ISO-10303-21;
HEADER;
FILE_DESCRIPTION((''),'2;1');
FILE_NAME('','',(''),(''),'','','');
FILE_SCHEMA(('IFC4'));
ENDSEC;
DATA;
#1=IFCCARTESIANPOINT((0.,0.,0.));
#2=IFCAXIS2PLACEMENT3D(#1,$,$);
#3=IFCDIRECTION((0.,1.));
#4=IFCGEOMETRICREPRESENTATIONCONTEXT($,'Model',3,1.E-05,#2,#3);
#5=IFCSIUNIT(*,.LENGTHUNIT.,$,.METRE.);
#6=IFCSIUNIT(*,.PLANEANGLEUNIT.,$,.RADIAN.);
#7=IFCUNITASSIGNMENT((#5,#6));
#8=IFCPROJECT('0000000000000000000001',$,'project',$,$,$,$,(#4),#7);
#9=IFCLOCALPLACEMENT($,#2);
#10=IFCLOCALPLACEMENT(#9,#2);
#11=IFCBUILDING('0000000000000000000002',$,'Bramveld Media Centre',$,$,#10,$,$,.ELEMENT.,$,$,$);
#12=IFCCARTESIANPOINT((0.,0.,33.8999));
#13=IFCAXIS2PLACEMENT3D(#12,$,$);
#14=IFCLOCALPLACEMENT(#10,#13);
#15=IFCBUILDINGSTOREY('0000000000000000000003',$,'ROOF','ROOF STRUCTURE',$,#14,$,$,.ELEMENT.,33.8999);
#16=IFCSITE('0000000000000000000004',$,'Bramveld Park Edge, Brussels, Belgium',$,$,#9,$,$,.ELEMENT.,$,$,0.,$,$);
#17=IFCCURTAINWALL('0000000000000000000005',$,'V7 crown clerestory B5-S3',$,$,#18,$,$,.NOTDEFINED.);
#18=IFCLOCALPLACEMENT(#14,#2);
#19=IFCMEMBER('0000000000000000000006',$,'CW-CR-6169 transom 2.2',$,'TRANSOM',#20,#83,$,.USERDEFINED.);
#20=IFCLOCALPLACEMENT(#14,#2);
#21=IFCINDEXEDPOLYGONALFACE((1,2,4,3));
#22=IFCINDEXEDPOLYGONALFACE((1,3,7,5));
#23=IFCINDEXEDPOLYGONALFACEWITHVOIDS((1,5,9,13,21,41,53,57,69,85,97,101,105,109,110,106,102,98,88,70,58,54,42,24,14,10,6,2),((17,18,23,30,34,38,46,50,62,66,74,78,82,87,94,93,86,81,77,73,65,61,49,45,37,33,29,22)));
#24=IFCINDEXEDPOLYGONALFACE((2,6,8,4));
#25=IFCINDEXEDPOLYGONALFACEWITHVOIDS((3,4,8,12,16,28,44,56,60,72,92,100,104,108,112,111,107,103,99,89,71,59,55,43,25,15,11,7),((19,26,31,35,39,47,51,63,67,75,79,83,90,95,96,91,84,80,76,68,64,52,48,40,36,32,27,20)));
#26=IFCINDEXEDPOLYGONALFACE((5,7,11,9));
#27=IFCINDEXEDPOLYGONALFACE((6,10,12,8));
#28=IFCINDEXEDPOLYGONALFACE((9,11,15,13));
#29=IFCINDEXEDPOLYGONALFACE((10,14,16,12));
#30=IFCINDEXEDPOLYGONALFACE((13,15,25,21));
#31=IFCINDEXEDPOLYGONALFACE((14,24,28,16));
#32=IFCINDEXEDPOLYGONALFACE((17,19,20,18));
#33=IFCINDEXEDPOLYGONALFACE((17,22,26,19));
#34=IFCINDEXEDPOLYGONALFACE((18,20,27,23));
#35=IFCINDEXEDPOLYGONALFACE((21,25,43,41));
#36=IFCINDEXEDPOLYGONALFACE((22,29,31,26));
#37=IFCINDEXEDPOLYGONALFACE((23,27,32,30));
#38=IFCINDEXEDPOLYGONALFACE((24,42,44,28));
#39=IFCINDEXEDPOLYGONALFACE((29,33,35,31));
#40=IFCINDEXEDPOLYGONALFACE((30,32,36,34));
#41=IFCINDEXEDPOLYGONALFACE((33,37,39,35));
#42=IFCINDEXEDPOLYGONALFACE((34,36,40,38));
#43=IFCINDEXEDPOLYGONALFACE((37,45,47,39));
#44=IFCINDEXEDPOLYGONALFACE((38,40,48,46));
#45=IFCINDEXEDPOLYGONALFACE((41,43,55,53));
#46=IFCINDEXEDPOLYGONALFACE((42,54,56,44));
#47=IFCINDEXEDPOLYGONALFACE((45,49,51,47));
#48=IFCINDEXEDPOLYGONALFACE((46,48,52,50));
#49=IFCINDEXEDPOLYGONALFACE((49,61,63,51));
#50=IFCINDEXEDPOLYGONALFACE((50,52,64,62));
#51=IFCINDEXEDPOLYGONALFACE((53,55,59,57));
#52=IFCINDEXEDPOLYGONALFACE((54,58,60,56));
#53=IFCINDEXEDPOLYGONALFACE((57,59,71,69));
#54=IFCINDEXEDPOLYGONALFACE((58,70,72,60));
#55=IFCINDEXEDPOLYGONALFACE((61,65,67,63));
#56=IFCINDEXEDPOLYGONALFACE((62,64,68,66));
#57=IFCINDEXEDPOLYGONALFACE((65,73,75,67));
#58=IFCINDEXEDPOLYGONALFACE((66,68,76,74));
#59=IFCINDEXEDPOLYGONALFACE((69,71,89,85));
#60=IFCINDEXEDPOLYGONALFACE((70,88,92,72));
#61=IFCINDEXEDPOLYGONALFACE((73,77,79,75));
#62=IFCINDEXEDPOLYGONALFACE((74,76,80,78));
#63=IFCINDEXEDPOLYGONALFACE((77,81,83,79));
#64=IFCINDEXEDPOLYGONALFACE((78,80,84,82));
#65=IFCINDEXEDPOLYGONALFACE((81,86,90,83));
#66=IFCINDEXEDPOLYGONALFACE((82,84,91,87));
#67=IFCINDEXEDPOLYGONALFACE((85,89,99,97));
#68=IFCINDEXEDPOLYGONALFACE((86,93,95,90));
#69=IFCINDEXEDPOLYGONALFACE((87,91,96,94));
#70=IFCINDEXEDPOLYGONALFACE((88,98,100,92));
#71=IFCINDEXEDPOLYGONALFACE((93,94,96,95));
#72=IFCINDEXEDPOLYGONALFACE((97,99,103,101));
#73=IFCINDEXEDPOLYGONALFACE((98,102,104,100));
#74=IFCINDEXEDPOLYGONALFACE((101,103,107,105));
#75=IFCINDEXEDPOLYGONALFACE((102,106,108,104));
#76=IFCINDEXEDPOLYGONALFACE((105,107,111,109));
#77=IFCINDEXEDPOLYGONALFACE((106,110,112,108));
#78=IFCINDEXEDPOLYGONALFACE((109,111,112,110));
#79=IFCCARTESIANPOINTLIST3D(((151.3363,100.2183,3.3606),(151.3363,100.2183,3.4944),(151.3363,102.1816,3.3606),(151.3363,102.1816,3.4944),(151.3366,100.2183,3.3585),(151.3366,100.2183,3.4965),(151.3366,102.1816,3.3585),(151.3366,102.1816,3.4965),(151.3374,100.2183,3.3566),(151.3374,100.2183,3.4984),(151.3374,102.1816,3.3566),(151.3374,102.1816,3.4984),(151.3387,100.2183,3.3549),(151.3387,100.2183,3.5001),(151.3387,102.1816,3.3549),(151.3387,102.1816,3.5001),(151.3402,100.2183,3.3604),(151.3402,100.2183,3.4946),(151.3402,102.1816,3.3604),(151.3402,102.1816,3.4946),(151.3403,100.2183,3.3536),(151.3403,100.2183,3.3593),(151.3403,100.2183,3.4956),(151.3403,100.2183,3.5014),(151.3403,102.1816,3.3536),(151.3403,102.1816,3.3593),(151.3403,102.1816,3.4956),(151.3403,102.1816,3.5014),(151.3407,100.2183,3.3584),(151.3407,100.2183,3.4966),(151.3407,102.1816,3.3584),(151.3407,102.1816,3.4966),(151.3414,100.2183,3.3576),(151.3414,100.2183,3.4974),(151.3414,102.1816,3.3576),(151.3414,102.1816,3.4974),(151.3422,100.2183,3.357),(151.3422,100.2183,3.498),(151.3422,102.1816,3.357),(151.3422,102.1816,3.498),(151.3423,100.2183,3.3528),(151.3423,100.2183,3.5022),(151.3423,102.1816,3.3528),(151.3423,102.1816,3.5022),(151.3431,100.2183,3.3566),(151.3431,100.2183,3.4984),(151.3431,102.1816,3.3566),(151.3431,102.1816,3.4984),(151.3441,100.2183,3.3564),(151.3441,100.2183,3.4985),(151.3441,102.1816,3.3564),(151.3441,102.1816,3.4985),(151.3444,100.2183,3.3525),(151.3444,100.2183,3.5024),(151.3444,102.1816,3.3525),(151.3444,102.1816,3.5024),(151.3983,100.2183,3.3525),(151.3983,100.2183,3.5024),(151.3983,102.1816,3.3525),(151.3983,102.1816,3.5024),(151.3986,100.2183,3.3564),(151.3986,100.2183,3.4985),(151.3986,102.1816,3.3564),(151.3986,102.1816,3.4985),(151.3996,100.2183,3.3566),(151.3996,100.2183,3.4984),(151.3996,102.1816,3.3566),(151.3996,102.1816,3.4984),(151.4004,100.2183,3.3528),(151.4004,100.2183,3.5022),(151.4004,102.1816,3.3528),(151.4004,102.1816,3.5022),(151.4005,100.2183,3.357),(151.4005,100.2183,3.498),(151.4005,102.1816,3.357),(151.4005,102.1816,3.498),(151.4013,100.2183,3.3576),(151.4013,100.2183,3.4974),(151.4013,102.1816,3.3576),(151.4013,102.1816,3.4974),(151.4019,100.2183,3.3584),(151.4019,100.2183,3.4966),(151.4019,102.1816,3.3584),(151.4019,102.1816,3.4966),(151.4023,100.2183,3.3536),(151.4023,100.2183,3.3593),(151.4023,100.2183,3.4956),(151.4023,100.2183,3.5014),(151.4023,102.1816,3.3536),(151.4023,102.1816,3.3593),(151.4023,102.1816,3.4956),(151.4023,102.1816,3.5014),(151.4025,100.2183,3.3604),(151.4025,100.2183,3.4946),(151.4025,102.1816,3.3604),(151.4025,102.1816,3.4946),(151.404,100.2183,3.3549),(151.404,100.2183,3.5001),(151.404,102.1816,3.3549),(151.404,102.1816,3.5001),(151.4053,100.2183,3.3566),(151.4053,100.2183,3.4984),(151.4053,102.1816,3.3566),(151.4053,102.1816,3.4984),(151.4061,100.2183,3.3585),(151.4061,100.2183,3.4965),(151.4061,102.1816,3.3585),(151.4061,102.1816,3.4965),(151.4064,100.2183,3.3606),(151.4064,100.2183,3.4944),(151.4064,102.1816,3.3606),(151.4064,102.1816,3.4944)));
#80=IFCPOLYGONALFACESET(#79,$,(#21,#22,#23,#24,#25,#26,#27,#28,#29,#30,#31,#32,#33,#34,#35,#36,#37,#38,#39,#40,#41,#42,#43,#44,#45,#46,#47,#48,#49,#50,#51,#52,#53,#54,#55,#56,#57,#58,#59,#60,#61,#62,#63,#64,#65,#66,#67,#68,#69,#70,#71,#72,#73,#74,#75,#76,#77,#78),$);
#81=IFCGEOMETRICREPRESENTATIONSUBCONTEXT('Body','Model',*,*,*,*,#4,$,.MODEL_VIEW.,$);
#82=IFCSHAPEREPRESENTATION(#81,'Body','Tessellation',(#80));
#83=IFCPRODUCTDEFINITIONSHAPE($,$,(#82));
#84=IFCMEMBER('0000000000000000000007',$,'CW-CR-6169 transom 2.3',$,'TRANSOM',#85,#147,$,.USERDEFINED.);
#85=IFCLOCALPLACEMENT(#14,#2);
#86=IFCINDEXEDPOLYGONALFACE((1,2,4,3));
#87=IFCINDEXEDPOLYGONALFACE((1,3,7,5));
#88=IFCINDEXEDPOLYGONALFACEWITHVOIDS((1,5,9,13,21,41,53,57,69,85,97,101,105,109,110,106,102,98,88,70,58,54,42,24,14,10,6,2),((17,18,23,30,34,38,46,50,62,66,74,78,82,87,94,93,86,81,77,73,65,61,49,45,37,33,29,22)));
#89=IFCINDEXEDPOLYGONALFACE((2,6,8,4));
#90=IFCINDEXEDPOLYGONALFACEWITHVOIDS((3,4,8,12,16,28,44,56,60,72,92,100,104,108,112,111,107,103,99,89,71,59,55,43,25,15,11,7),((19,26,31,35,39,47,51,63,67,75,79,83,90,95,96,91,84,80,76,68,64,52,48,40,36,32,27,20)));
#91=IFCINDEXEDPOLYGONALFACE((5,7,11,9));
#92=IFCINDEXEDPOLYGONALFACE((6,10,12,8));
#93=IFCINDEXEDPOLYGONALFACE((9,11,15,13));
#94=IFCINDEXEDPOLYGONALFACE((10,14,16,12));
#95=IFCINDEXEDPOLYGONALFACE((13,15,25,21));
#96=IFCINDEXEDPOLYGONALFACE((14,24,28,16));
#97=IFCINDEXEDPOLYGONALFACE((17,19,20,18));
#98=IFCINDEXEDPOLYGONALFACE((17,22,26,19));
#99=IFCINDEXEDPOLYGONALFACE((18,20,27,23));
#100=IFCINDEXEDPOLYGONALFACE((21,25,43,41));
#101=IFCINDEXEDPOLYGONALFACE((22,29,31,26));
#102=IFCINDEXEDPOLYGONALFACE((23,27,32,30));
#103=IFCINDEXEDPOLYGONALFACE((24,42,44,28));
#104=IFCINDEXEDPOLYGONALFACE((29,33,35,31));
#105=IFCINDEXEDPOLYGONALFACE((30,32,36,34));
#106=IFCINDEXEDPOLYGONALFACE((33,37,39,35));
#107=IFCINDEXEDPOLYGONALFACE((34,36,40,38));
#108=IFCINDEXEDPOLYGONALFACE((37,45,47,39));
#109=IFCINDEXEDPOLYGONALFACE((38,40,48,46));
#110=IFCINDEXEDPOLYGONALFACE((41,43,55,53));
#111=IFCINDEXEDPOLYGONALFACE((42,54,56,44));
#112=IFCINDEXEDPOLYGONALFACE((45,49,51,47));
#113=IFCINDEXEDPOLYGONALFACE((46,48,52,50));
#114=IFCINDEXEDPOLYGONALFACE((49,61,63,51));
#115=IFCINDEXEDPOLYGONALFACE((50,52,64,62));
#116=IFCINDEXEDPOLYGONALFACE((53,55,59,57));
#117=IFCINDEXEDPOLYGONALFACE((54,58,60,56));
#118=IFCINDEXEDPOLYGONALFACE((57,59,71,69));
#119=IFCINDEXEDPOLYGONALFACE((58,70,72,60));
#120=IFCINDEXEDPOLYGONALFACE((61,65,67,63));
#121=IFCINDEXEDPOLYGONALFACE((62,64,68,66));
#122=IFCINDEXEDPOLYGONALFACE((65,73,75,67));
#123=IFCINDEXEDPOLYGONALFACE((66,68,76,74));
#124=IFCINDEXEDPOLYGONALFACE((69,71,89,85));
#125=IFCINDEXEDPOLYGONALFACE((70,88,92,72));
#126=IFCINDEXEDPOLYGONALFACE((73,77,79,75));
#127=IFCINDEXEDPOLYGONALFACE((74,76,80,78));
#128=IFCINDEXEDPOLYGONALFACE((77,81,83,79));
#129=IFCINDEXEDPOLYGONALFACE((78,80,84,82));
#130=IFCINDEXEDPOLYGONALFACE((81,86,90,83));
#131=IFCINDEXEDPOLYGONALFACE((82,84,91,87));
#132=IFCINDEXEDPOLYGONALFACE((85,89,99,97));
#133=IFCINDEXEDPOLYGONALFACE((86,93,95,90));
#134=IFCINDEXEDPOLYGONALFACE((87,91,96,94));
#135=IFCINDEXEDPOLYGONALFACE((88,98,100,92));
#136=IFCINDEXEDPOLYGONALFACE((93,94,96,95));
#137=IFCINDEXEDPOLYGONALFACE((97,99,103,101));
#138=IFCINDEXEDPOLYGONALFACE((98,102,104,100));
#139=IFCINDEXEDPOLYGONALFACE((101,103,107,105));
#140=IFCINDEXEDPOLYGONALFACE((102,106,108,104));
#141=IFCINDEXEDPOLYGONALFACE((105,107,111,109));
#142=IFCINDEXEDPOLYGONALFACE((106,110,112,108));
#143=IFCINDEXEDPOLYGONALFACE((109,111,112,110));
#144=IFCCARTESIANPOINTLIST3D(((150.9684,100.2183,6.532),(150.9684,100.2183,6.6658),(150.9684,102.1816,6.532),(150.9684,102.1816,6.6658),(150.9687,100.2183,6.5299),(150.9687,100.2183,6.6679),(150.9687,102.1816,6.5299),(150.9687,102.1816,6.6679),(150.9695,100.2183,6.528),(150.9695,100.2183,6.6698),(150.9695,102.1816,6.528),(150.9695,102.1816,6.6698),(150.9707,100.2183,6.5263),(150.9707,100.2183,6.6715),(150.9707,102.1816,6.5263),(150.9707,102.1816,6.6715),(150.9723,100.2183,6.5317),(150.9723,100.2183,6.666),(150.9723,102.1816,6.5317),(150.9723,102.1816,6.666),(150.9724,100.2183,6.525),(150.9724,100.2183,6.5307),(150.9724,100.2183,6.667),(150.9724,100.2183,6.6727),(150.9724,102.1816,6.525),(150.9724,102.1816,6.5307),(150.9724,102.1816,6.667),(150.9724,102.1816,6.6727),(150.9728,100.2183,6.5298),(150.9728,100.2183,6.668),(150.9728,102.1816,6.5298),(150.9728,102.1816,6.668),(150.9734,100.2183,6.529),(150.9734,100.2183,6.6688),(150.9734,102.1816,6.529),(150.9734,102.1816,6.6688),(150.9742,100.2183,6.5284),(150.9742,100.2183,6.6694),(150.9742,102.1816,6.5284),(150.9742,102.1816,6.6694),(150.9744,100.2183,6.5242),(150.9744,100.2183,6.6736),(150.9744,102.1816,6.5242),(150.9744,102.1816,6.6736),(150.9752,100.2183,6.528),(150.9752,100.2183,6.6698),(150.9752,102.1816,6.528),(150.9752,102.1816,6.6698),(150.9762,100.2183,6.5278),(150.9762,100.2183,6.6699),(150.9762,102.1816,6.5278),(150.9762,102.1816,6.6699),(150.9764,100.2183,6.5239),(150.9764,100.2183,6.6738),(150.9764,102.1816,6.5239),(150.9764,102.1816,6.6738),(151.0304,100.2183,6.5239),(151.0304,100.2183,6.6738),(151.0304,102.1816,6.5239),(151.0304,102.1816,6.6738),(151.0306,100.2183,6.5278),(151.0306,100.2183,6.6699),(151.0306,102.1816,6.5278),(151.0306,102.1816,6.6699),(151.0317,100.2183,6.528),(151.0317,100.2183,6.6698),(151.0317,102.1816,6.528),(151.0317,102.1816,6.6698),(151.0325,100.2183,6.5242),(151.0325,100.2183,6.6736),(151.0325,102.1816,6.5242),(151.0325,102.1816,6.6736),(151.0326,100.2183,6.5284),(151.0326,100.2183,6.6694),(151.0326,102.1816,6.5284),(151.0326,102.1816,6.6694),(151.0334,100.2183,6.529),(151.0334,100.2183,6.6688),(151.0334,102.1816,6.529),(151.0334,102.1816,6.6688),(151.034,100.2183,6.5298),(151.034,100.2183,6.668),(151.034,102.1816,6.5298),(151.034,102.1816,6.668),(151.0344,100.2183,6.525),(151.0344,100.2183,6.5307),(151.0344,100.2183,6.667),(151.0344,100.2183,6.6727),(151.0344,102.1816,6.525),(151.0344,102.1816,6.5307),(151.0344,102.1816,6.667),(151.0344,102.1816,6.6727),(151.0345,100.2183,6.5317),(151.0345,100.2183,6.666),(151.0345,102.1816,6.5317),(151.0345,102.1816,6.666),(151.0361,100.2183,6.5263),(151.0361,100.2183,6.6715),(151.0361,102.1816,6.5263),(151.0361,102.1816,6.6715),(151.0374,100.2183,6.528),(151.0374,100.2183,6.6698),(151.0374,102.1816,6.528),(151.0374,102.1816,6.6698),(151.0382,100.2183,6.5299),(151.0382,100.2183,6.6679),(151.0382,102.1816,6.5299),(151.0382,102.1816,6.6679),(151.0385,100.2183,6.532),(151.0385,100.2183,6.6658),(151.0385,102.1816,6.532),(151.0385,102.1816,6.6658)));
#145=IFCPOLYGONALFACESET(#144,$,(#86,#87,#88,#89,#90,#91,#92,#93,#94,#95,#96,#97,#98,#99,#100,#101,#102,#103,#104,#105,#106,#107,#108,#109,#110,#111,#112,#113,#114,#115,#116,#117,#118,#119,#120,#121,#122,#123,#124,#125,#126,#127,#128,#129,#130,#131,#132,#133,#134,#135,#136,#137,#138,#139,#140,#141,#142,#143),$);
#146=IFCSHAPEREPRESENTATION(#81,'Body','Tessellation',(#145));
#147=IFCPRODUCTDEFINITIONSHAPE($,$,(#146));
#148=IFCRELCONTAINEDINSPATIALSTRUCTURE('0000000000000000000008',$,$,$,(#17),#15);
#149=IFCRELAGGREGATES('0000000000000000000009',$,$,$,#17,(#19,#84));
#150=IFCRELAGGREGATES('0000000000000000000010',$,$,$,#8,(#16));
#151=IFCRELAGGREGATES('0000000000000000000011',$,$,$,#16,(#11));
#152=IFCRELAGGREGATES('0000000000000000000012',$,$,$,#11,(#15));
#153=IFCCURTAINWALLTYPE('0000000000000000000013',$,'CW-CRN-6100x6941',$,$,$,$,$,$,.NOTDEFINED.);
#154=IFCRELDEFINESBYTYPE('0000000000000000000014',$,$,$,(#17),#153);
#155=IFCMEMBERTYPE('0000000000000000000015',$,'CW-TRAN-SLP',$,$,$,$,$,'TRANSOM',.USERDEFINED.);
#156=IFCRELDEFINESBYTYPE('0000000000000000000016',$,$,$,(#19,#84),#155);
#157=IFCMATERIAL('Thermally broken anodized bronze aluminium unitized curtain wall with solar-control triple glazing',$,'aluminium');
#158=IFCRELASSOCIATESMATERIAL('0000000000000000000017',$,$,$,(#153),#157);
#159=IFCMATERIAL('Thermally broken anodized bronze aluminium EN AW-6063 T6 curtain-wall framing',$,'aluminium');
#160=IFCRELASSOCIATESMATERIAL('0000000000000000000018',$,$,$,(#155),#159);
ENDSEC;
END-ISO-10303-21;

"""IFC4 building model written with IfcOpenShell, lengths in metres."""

from ifc_helpers import new_model, si_unit, direction, frame, origin, origin_2d, place, context, subcontext, project, spatial, hollow_rectangle, extrude, material, material_profile, profile_set, type_object, element, aggregate, save


model = new_model("IFC4")

# Units and contexts
model_context = context("Model", 3, precision=1e-05, world=origin(), true_north=direction((0.0, 1.0)))
body_context = subcontext(model_context, "Body", "Model", "MODEL_VIEW")
ifc_project = project(units=[si_unit("LENGTHUNIT", "METRE"), si_unit("PLANEANGLEUNIT", "RADIAN")], contexts=[model_context])

# Site, building, storey
site_placement = place(None, origin())
site = spatial("IfcSite", under=ifc_project, at=site_placement, Name="Bramveld Park Edge, Brussels, Belgium", CompositionType="ELEMENT", RefElevation=0.0)
building_placement = place(site_placement, origin())
building = spatial("IfcBuilding", under=site, at=building_placement, Name="Bramveld Media Centre", CompositionType="ELEMENT")
storey_placement = place(building_placement, frame((0.0, 0.0, 33.8999)))
storey = spatial("IfcBuildingStorey", under=building, at=storey_placement, Name="ROOF", Description="ROOF STRUCTURE", CompositionType="ELEMENT", Elevation=33.8999)

# Curtain wall, members
ifc_material_1 = material(Name="Thermally broken anodized bronze aluminium unitized curtain wall with solar-control triple glazing", Category="aluminium")
curtain_wall_type = type_object("IfcCurtainWallType", Name="CW-CRN-6100x6941", PredefinedType="NOTDEFINED", material=ifc_material_1)
ifc_material_2 = material(Name="Thermally broken anodized bronze aluminium EN AW-6063 T6 curtain-wall framing", Category="aluminium")
ifc_material_profile_1 = material_profile(ifc_material_2, hollow_rectangle(XDim=0.0701, YDim=0.1499, WallThickness=0.0039, InnerFilletRadius=0.0039, OuterFilletRadius=0.0081, at=origin_2d()), Name="AL-TRAN 70x150")
ifc_profile_set_1 = profile_set([ifc_material_profile_1], Name="Thermally broken anodized bronze aluminium EN AW-6063 T6 curtain-wall framing")
member_type_1 = type_object("IfcMemberType", Name="CW-TRAN-SLP", ElementType="TRANSOM", PredefinedType="USERDEFINED", material=ifc_profile_set_1)
curtain_wall_1_placement = place(storey_placement, origin())
curtain_wall_1 = element("IfcCurtainWall", 1, at=curtain_wall_1_placement, inside=storey, type_object=curtain_wall_type, Name="V7 crown clerestory B5-S3", PredefinedType="NOTDEFINED")
member_1_placement = place(storey_placement, frame((151.3713, 100.2183, 3.4275), z_axis=(0.0, 1.0, 0.0), x_axis=(-1.0, 0.0, 0.0)))
member_1 = element("IfcMember", 2, at=member_1_placement, type_object=member_type_1, Name="CW-CR-6169 transom 2.2", ObjectType="TRANSOM", PredefinedType="USERDEFINED", context=body_context, shape_type="SweptSolid", body=[
    extrude(hollow_rectangle(XDim=0.0701, YDim=0.1499, WallThickness=0.0039, InnerFilletRadius=0.0039, OuterFilletRadius=0.0081, at=origin_2d()), origin(), (0.0, 0.0, 1.0), 1.9634),
])
member_2_placement = place(storey_placement, frame((151.0034, 100.2183, 6.5989), z_axis=(0.0, 1.0, 0.0), x_axis=(-1.0, 0.0, 0.0)))
member_2 = element("IfcMember", 3, at=member_2_placement, type_object=member_type_1, Name="CW-CR-6169 transom 2.3", ObjectType="TRANSOM", PredefinedType="USERDEFINED", context=body_context, shape_type="SweptSolid", body=[
    extrude(hollow_rectangle(XDim=0.0701, YDim=0.1499, WallThickness=0.0039, InnerFilletRadius=0.0039, OuterFilletRadius=0.0081, at=origin_2d()), origin(), (0.0, 0.0, 1.0), 1.9634),
])

aggregate(curtain_wall_1, [member_1, member_2])

save(model, "model.ifc")
